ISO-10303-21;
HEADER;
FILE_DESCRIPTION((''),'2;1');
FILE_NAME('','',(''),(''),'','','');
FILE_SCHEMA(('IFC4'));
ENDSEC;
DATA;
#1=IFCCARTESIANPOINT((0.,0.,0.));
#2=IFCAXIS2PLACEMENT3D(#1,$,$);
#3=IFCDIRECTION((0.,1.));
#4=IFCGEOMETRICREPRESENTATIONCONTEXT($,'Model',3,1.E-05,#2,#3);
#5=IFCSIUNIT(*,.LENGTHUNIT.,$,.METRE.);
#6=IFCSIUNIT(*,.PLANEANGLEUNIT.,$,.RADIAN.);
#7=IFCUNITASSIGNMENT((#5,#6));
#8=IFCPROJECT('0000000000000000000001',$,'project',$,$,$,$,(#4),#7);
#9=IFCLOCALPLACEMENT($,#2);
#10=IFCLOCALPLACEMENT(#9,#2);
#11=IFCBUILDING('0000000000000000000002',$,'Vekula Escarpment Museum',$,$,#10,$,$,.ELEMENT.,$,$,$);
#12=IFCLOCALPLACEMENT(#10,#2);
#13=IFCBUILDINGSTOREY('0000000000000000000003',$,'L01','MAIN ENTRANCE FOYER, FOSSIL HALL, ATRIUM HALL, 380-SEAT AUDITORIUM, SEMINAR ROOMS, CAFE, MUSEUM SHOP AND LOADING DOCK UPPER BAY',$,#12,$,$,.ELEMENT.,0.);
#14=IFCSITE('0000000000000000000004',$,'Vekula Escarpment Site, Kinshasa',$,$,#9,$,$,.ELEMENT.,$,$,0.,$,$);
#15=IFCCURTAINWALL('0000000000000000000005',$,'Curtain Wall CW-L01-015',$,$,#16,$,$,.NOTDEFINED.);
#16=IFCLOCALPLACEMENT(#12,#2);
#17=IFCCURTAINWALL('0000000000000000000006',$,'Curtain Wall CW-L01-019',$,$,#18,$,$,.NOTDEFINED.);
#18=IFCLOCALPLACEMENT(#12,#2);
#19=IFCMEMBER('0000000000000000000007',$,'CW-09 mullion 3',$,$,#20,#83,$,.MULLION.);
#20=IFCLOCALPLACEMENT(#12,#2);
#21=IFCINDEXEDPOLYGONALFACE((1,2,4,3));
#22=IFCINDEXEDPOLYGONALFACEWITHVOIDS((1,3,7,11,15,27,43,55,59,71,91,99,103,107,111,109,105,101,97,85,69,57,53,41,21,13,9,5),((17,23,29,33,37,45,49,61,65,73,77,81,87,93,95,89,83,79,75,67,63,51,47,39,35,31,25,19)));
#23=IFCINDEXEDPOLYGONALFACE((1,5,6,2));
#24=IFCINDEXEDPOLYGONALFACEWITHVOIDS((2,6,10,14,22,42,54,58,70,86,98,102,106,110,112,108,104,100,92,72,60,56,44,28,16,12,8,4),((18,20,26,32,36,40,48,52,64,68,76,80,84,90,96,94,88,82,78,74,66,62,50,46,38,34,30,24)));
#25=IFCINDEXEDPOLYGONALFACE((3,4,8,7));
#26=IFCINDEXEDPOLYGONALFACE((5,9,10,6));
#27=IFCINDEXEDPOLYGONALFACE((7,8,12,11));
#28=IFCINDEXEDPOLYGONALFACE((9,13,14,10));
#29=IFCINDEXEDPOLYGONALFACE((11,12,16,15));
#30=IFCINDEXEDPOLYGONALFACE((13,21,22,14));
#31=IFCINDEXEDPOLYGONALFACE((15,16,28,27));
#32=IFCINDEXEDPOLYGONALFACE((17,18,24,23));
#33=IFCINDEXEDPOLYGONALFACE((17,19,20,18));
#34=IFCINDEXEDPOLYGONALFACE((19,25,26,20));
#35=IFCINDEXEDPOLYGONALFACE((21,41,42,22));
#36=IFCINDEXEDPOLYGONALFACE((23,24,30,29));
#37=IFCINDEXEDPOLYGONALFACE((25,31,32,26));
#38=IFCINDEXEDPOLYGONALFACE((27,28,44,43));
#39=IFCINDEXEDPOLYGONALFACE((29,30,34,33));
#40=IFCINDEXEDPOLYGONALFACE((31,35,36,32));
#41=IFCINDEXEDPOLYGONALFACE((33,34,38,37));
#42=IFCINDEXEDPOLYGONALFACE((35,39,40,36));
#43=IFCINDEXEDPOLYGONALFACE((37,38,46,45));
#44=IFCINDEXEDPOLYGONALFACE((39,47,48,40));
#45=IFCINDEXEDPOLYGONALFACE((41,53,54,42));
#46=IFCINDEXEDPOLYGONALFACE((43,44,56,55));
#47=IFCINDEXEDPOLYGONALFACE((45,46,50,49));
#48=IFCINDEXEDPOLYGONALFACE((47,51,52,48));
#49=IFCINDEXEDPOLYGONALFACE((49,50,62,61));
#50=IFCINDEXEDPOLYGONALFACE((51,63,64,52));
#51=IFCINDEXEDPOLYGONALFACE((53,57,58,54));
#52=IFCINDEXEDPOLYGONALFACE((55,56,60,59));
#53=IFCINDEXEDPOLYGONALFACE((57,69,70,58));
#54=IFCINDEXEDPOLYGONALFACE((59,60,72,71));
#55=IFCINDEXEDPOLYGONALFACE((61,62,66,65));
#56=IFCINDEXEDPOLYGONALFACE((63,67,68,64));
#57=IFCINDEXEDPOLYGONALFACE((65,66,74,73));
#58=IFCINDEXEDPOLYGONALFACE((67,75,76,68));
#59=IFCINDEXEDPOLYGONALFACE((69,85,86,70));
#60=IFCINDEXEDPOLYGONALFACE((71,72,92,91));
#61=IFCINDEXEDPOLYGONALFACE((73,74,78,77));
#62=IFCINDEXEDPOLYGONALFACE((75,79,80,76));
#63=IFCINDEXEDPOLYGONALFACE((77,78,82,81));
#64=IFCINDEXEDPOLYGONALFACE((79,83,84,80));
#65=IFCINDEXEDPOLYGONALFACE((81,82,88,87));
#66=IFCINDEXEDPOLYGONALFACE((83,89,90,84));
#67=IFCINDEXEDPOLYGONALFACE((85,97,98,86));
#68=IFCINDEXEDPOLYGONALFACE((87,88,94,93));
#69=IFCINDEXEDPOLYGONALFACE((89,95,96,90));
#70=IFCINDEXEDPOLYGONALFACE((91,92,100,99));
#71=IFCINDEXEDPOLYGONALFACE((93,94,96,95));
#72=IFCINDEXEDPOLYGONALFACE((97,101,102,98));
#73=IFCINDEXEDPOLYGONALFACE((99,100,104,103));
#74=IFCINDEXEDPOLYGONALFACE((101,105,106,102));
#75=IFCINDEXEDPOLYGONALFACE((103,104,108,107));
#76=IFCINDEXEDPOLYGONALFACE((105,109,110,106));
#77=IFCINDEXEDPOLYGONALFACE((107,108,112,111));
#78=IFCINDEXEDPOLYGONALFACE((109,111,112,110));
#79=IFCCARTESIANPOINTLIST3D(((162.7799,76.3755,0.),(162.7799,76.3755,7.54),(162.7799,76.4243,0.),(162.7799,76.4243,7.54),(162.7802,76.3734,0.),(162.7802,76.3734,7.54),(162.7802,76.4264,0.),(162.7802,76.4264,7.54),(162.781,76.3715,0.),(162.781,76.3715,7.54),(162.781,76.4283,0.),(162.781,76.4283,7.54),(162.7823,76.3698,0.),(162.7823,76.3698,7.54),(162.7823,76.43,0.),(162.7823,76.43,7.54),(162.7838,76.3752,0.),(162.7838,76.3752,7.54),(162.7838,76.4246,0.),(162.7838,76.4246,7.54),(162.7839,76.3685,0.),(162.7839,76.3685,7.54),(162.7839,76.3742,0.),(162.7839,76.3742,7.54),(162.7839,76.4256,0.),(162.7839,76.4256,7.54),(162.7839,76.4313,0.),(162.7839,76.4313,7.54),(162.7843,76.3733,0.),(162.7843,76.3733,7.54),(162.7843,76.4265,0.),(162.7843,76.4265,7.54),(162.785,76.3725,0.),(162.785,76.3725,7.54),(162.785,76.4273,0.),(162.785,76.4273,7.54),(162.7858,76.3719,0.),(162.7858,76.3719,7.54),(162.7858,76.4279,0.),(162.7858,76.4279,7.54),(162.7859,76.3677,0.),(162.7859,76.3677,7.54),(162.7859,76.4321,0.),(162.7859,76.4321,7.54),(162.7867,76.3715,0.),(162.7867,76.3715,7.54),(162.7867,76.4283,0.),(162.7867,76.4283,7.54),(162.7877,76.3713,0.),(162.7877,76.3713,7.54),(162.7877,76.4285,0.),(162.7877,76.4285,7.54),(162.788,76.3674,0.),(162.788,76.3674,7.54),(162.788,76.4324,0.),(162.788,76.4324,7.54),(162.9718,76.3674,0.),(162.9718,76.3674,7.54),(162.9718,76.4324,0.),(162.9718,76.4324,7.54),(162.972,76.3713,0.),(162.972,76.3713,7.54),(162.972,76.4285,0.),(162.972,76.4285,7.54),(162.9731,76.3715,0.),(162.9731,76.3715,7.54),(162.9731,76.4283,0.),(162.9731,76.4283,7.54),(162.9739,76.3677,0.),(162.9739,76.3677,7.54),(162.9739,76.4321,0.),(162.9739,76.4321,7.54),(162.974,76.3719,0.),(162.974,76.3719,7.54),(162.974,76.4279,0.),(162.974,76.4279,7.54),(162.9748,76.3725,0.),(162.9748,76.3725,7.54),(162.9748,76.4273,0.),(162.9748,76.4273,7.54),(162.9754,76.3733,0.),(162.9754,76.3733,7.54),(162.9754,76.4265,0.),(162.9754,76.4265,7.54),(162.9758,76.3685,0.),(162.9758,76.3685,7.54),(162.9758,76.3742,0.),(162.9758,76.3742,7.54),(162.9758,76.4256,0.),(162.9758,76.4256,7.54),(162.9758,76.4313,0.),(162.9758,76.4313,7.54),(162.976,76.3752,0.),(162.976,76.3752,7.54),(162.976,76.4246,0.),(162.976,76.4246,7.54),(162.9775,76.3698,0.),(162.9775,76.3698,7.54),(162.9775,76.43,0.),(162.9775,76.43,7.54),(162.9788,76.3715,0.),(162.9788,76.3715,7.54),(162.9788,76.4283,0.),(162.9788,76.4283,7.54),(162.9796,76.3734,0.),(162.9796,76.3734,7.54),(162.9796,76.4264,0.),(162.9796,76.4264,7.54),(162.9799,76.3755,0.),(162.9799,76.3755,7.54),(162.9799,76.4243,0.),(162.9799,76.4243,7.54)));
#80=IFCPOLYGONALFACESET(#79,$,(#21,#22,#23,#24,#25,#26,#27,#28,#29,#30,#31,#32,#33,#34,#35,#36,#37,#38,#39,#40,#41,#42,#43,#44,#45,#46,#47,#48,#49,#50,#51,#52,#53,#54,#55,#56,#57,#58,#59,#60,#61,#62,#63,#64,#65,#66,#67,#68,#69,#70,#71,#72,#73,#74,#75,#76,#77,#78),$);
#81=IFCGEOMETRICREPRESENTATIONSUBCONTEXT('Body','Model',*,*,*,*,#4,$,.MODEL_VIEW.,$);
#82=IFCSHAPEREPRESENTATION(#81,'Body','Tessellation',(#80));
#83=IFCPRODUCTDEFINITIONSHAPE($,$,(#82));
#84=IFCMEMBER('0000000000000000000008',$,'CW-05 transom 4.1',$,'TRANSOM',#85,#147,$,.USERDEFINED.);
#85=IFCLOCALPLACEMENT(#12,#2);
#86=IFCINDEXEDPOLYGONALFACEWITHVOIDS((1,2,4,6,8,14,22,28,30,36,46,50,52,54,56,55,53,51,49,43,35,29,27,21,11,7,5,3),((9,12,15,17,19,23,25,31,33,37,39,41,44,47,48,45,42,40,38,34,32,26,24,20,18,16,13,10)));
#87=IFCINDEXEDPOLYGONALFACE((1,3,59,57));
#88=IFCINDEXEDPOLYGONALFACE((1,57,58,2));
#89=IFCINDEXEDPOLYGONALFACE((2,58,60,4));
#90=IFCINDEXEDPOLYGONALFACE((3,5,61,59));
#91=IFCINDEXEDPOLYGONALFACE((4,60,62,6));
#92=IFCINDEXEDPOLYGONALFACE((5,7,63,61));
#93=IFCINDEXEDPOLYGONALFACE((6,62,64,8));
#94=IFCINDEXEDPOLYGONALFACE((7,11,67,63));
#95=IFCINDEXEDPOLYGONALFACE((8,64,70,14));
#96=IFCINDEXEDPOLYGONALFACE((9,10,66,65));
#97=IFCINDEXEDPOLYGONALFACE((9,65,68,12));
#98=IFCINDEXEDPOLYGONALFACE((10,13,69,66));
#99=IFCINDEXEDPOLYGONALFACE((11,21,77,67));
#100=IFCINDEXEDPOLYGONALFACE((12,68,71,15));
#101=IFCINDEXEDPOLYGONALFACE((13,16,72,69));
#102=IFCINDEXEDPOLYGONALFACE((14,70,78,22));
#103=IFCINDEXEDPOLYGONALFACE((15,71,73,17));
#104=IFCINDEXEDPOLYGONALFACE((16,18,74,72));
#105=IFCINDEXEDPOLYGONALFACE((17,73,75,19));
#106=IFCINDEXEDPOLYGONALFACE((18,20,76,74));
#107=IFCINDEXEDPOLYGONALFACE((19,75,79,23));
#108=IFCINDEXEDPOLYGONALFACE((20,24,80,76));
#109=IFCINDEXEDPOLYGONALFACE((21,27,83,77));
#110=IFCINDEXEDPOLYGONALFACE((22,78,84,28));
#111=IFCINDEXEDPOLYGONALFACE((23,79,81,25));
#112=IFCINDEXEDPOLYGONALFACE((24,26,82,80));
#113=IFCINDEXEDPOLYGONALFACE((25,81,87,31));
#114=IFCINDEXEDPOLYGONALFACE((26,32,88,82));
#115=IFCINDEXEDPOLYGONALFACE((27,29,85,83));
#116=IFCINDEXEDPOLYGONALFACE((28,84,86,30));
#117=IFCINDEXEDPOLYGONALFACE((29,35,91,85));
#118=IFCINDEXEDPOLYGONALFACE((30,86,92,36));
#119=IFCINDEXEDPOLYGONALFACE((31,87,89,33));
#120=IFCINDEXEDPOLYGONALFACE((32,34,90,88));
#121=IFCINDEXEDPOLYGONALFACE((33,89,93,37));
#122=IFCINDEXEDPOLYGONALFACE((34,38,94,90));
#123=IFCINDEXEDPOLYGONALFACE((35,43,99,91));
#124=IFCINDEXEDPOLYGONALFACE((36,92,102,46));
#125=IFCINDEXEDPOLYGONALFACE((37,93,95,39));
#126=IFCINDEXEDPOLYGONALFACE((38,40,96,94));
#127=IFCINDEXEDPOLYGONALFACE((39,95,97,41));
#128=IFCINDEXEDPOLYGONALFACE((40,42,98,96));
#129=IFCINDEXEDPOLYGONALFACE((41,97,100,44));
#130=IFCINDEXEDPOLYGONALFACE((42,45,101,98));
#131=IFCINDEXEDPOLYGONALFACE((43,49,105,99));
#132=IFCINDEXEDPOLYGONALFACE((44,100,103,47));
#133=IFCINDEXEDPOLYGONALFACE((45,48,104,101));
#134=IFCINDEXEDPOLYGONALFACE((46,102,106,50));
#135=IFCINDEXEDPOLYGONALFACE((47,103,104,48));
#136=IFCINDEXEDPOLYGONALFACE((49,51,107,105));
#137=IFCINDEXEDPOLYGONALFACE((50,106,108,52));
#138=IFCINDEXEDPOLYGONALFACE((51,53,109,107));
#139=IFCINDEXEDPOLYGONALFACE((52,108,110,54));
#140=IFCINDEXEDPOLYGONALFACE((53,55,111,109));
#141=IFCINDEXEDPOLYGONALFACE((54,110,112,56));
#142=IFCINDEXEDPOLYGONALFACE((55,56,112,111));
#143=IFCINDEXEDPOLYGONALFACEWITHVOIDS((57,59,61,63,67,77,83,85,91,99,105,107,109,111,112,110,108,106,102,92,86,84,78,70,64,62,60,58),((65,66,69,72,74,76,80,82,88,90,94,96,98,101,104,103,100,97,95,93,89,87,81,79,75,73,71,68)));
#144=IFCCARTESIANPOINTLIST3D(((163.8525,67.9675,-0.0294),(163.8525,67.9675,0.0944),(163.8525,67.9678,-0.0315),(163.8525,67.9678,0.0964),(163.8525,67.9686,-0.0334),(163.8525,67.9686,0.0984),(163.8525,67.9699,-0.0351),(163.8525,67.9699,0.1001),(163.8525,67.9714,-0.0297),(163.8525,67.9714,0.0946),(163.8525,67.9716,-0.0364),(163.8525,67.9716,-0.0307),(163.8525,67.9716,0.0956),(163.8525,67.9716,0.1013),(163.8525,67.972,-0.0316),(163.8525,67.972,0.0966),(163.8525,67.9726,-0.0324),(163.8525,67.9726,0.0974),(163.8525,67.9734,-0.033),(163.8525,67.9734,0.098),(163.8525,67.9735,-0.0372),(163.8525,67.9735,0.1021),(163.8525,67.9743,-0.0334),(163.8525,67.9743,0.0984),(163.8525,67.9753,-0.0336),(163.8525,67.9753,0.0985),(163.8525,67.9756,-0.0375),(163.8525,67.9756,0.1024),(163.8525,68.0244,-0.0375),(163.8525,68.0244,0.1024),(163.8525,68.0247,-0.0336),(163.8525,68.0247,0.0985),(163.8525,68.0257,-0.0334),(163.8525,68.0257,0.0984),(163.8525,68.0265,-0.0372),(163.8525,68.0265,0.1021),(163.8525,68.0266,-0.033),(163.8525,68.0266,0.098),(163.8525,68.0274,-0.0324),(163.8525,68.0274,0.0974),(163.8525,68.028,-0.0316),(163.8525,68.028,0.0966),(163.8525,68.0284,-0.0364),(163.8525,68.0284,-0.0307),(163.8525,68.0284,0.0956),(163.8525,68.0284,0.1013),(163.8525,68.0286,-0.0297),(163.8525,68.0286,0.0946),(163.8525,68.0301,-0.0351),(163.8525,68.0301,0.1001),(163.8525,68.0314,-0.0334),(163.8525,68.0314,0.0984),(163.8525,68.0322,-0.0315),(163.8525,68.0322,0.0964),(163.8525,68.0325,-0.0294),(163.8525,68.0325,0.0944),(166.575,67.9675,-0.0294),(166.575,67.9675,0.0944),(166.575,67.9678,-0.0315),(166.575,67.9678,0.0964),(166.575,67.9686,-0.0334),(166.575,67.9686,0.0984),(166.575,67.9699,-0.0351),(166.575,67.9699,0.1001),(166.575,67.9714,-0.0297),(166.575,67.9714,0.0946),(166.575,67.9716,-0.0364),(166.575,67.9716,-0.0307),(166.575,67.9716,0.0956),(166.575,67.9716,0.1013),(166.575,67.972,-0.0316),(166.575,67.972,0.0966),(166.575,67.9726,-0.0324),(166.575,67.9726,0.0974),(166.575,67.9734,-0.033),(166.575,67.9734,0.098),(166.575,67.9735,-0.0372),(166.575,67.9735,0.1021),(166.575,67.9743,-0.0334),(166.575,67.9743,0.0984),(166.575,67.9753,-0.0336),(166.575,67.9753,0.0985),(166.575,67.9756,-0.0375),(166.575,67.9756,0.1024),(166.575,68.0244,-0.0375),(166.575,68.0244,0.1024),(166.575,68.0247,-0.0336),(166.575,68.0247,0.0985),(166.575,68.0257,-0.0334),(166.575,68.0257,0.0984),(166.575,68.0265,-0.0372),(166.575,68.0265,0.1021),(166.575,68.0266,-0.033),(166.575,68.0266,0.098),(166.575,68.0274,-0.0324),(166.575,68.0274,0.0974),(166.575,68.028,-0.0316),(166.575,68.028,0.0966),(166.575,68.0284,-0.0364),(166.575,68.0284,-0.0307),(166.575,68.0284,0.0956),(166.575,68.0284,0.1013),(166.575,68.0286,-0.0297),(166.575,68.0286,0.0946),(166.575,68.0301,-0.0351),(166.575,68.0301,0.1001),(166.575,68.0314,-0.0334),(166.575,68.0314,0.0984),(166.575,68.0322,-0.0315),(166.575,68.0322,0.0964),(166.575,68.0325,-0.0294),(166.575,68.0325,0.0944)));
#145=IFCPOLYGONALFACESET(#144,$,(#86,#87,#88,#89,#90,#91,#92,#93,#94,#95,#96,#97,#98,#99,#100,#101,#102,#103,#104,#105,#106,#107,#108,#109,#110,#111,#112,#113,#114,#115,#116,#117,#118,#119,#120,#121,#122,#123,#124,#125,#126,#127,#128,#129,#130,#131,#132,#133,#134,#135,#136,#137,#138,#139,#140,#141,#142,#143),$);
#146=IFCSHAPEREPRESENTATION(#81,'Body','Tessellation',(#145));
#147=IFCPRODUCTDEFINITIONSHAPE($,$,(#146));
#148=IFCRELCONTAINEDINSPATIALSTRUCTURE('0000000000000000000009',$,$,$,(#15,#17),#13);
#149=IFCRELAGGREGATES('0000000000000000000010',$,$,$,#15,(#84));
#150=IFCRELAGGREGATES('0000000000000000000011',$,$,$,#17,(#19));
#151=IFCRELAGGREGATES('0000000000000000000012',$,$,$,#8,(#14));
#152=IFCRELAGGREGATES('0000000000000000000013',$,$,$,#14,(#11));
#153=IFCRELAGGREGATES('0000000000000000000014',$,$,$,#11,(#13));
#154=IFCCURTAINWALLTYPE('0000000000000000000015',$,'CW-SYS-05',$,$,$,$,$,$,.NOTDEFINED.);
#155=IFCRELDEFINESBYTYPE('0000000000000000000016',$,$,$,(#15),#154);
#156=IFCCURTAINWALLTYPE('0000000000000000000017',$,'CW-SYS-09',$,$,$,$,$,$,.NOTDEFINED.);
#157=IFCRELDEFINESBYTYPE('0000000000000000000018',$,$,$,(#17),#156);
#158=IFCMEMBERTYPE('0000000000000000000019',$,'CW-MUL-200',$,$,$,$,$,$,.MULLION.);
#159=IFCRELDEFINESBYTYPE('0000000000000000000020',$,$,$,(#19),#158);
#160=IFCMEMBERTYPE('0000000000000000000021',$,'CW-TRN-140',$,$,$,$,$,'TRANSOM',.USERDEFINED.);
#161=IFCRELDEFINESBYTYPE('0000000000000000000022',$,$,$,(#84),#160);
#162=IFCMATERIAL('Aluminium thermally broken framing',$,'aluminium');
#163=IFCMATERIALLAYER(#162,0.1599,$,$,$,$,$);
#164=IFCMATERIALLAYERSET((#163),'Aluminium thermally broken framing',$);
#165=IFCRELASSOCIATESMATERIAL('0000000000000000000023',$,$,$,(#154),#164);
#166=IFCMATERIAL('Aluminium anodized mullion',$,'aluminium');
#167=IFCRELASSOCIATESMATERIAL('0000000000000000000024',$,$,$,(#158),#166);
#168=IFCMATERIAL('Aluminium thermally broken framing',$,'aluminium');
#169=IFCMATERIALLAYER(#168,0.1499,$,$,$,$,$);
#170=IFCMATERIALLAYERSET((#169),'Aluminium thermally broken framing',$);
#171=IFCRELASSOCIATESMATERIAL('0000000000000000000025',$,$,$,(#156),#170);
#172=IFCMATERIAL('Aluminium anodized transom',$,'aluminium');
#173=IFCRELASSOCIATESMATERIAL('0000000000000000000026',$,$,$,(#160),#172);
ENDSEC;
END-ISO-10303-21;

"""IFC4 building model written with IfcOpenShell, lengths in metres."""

from ifc_helpers import new_model, si_unit, direction, frame, origin, origin_2d, place, context, subcontext, project, spatial, hollow_rectangle, extrude, material, layer, layer_set, material_profile, profile_set, type_object, element, aggregate, save


model = new_model("IFC4")

# Units and contexts
model_context = context("Model", 3, precision=1e-05, world=origin(), true_north=direction((0.0, 1.0)))
body_context = subcontext(model_context, "Body", "Model", "MODEL_VIEW")
ifc_project = project(units=[si_unit("LENGTHUNIT", "METRE"), si_unit("PLANEANGLEUNIT", "RADIAN")], contexts=[model_context])

# Site, building, storey
site_placement = place(None, origin())
site = spatial("IfcSite", under=ifc_project, at=site_placement, Name="Vekula Escarpment Site, Kinshasa", CompositionType="ELEMENT", RefElevation=0.0)
building_placement = place(site_placement, origin())
building = spatial("IfcBuilding", under=site, at=building_placement, Name="Vekula Escarpment Museum", CompositionType="ELEMENT")
storey_placement = place(building_placement, origin())
storey = spatial("IfcBuildingStorey", under=building, at=storey_placement, Name="L01", Description="MAIN ENTRANCE FOYER, FOSSIL HALL, ATRIUM HALL, 380-SEAT AUDITORIUM, SEMINAR ROOMS, CAFE, MUSEUM SHOP AND LOADING DOCK UPPER BAY", CompositionType="ELEMENT", Elevation=0.0)

# Curtain walls, member
ifc_material_1 = material(Name="Aluminium thermally broken framing", Category="aluminium")
ifc_layer_1 = layer(ifc_material_1, 0.1599)
ifc_layer_set_1 = layer_set([ifc_layer_1], Name="Aluminium thermally broken framing")
curtain_wall_type_1 = type_object("IfcCurtainWallType", Name="CW-SYS-05", PredefinedType="NOTDEFINED", material=ifc_layer_set_1)
curtain_wall_1_placement = place(storey_placement, origin())
curtain_wall_1 = element("IfcCurtainWall", 1, at=curtain_wall_1_placement, inside=storey, type_object=curtain_wall_type_1, Name="Curtain Wall CW-L01-015", PredefinedType="NOTDEFINED")
ifc_material_2 = material(Name="Aluminium anodized mullion", Category="aluminium")
ifc_material_profile_1 = material_profile(ifc_material_2, hollow_rectangle(XDim=0.0649, YDim=0.2, WallThickness=0.0039, InnerFilletRadius=0.0039, OuterFilletRadius=0.0081, at=origin_2d()), Name="ALU 200x65x4")
ifc_profile_set_1 = profile_set([ifc_material_profile_1], Name="Aluminium anodized mullion")
member_type_1 = type_object("IfcMemberType", Name="CW-MUL-200", PredefinedType="MULLION", material=ifc_profile_set_1)
ifc_material_3 = material(Name="Aluminium thermally broken framing", Category="aluminium")
ifc_layer_2 = layer(ifc_material_3, 0.1499)
ifc_layer_set_2 = layer_set([ifc_layer_2], Name="Aluminium thermally broken framing")
curtain_wall_type_2 = type_object("IfcCurtainWallType", Name="CW-SYS-09", PredefinedType="NOTDEFINED", material=ifc_layer_set_2)
curtain_wall_2_placement = place(storey_placement, origin())
curtain_wall_2 = element("IfcCurtainWall", 2, at=curtain_wall_2_placement, inside=storey, type_object=curtain_wall_type_2, Name="Curtain Wall CW-L01-019", PredefinedType="NOTDEFINED")
member_1_placement = place(storey_placement, frame((162.8799, 76.3999, 0.0), z_axis=(0.0, 0.0, 1.0), x_axis=(0.0, -1.0, 0.0)))
member_1 = element("IfcMember", 3, at=member_1_placement, type_object=member_type_1, Name="CW-09 mullion 3", PredefinedType="MULLION", context=body_context, shape_type="SweptSolid", body=[
    extrude(hollow_rectangle(XDim=0.0649, YDim=0.2, WallThickness=0.0039, InnerFilletRadius=0.0039, OuterFilletRadius=0.0081, at=origin_2d()), origin(), (0.0, 0.0, 1.0), 7.54),
])

# Member
ifc_material_4 = material(Name="Aluminium anodized transom", Category="aluminium")
ifc_material_profile_2 = material_profile(ifc_material_4, hollow_rectangle(XDim=0.0649, YDim=0.1399, WallThickness=0.0039, InnerFilletRadius=0.0039, OuterFilletRadius=0.0081, at=origin_2d()), Name="ALU 140x65x4")
ifc_profile_set_2 = profile_set([ifc_material_profile_2], Name="Aluminium anodized transom")
member_type_2 = type_object("IfcMemberType", Name="CW-TRN-140", ElementType="TRANSOM", PredefinedType="USERDEFINED", material=ifc_profile_set_2)
member_2_placement = place(storey_placement, frame((163.8525, 68.0, 0.0325), z_axis=(1.0, 0.0, 0.0), x_axis=(0.0, 1.0, 0.0)))
member_2 = element("IfcMember", 4, at=member_2_placement, type_object=member_type_2, Name="CW-05 transom 4.1", ObjectType="TRANSOM", PredefinedType="USERDEFINED", context=body_context, shape_type="SweptSolid", body=[
    extrude(hollow_rectangle(XDim=0.0649, YDim=0.1399, WallThickness=0.0039, InnerFilletRadius=0.0039, OuterFilletRadius=0.0081, at=origin_2d()), origin(), (0.0, 0.0, 1.0), 2.7224),
])

aggregate(curtain_wall_1, [member_2])
aggregate(curtain_wall_2, [member_1])

save(model, "model.ifc")
